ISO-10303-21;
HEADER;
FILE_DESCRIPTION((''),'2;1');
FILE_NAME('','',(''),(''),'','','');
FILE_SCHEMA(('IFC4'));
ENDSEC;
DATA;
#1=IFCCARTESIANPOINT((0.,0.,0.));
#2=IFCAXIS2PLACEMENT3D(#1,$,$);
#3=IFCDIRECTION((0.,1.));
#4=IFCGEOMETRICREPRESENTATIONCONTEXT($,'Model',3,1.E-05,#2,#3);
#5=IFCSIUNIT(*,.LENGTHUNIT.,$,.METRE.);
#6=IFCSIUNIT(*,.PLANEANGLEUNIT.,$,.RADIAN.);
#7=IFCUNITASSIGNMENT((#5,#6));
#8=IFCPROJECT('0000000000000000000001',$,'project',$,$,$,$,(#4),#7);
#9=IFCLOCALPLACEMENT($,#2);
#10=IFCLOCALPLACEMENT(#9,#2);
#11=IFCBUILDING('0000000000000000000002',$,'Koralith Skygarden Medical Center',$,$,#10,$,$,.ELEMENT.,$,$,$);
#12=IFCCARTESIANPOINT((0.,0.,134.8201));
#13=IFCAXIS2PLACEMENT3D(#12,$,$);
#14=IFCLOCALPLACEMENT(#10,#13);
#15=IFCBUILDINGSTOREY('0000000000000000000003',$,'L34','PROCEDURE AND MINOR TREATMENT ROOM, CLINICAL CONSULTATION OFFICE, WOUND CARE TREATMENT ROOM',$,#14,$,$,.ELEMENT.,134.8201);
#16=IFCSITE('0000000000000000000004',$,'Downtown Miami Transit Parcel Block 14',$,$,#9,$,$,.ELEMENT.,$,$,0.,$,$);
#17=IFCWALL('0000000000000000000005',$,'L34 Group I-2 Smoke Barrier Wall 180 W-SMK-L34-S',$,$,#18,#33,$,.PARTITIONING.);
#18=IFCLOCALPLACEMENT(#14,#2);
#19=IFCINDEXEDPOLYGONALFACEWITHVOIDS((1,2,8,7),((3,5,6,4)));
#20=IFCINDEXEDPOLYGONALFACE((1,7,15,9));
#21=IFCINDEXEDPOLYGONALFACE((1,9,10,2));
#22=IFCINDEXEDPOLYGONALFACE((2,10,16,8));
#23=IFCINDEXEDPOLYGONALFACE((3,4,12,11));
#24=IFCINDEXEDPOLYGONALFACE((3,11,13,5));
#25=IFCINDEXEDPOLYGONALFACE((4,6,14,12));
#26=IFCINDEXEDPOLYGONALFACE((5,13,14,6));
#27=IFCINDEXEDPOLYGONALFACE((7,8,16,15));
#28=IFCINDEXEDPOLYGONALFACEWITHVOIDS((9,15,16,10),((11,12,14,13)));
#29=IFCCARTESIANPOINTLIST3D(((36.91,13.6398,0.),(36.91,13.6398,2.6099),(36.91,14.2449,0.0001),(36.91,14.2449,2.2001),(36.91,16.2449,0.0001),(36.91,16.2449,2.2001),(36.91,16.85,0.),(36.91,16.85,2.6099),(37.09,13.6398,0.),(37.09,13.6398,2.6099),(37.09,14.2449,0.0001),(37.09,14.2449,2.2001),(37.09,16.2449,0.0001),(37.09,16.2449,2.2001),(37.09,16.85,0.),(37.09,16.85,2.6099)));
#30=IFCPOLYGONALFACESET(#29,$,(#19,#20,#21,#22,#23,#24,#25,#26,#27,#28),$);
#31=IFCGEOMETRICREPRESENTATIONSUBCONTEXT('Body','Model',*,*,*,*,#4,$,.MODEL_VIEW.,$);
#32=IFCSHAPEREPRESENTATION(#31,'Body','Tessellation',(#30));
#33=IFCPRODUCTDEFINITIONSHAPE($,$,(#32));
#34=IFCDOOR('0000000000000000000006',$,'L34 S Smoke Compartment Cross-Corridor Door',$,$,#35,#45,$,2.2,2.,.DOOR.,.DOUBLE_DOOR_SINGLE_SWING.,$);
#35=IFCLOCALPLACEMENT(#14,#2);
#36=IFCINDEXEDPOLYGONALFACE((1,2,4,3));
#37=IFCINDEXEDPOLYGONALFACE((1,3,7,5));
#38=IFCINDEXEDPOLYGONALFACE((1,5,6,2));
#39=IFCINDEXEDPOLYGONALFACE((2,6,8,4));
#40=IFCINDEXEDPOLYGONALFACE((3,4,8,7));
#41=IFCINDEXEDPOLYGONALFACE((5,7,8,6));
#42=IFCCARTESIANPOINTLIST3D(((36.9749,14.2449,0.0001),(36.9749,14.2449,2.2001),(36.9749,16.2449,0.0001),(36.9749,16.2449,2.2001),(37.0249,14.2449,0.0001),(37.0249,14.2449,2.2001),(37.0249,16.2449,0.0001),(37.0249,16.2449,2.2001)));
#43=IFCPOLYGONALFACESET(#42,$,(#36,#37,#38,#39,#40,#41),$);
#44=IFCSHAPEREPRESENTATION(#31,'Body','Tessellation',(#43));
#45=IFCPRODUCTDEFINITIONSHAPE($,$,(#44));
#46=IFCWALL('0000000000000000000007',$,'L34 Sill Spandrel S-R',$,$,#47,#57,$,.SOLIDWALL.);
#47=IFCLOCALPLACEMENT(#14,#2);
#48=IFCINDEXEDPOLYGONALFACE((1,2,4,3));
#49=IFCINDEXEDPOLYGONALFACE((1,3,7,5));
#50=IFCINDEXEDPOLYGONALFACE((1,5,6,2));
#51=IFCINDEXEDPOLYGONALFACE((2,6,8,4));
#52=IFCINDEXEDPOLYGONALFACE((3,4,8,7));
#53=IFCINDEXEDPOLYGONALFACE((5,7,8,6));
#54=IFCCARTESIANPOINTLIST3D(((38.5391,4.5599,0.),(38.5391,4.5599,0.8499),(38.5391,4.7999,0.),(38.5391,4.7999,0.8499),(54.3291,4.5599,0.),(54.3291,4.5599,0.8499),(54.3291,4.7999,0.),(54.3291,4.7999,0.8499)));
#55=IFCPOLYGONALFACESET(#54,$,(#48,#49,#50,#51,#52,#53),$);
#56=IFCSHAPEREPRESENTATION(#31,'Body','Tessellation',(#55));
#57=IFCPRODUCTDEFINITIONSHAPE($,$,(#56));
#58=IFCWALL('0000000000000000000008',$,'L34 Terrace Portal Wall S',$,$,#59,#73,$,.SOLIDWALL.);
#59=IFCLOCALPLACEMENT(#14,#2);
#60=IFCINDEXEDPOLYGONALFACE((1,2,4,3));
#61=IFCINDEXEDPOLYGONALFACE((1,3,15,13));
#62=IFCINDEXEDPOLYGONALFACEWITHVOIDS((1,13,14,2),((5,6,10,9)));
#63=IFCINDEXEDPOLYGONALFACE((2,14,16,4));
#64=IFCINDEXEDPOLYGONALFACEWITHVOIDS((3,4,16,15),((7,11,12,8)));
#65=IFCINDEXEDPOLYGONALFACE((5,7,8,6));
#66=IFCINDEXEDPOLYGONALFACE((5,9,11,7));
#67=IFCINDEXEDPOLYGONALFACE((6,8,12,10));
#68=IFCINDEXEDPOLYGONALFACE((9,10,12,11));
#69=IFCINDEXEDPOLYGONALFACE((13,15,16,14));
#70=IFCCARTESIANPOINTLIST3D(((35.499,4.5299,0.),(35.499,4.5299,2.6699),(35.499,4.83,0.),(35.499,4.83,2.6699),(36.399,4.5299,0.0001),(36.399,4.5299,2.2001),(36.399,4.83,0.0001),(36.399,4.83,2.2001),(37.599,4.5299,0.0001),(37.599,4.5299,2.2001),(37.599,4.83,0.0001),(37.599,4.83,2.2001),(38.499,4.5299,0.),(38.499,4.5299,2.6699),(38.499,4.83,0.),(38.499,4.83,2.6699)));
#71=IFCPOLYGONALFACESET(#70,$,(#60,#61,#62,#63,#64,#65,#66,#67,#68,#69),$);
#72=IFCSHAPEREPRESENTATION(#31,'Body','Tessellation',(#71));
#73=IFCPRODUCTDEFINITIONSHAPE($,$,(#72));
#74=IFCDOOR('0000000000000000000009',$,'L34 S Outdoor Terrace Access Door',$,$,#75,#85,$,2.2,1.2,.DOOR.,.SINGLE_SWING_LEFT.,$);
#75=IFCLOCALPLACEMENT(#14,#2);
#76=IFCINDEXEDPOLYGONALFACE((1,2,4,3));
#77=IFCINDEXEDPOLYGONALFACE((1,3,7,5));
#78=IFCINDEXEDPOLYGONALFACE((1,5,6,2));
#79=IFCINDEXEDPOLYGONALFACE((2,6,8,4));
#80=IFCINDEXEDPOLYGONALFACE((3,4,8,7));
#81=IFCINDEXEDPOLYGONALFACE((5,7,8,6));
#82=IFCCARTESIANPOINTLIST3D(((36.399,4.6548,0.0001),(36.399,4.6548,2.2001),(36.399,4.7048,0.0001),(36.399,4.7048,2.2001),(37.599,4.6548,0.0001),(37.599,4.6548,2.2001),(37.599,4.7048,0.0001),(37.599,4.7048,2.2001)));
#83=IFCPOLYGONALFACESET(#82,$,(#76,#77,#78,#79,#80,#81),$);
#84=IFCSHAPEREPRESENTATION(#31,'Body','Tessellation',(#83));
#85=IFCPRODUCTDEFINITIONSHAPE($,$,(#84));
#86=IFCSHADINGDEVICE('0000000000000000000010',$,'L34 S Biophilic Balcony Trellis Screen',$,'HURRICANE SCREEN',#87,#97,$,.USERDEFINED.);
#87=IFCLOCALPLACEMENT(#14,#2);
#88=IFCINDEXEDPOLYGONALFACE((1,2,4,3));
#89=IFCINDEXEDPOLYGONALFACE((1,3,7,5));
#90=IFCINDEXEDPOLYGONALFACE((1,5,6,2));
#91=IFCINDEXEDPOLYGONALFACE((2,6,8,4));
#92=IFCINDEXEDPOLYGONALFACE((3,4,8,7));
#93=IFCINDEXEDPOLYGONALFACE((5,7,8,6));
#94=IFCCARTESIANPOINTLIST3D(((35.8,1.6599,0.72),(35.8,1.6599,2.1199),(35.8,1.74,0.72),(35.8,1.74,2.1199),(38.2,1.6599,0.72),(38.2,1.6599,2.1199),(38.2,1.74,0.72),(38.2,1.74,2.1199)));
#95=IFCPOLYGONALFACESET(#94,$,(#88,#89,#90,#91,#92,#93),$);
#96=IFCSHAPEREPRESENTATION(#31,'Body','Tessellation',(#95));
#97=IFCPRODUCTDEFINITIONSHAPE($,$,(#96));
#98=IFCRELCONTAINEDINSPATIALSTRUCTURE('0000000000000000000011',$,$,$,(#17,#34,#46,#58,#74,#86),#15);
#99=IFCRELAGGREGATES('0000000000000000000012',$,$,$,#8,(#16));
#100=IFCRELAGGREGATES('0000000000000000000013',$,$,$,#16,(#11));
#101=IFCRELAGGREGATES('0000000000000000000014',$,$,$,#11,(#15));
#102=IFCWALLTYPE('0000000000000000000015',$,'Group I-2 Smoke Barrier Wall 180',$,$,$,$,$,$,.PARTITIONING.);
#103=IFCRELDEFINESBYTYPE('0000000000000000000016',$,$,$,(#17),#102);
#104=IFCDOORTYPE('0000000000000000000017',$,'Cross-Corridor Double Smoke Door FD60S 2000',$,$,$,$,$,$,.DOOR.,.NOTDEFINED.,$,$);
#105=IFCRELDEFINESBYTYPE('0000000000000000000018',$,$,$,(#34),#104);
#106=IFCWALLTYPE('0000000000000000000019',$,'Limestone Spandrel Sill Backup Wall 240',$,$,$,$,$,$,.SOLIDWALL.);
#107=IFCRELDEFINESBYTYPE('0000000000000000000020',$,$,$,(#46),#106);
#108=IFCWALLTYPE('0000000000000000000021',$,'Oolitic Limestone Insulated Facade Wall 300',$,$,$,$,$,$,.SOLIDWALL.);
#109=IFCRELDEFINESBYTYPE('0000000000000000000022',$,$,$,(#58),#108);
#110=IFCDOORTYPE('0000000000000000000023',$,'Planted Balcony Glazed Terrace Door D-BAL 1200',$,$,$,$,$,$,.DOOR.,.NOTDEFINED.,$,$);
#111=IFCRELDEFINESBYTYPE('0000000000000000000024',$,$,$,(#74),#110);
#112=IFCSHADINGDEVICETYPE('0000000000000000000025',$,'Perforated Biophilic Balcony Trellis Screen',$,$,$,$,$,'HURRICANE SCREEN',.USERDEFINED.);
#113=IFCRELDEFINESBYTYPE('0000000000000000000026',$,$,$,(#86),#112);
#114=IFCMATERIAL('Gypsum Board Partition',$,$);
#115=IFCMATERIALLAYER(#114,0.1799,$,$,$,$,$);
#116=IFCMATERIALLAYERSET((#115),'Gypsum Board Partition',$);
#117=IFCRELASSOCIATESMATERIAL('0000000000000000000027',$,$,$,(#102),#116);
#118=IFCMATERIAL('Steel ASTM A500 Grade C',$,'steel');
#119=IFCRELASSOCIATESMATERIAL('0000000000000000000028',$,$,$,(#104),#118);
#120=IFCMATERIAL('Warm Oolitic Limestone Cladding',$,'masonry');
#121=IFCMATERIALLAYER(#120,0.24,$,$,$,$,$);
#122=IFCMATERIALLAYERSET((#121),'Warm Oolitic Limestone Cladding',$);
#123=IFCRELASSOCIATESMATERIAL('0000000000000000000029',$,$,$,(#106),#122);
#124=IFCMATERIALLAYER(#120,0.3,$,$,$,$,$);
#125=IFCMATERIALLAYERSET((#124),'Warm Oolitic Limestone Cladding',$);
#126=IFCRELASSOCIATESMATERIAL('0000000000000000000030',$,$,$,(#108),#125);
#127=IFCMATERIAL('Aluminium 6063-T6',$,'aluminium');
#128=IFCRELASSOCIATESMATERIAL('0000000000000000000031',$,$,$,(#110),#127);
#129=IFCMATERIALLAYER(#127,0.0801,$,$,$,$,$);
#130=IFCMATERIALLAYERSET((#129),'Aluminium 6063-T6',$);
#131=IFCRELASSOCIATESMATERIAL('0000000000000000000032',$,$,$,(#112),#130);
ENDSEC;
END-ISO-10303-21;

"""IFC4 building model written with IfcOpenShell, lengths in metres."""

from ifc_helpers import new_model, si_unit, direction, frame, frame_2d, origin, origin_2d, place, context, subcontext, project, spatial, rectangle, extrude, material, layer, layer_set, type_object, element, fill, save


model = new_model("IFC4")

# Units and contexts
model_context = context("Model", 3, precision=1e-05, world=origin(), true_north=direction((0.0, 1.0)))
body_context = subcontext(model_context, "Body", "Model", "MODEL_VIEW")
ifc_project = project(units=[si_unit("LENGTHUNIT", "METRE"), si_unit("PLANEANGLEUNIT", "RADIAN")], contexts=[model_context])

# Site, building, storey
site_placement = place(None, origin())
site = spatial("IfcSite", under=ifc_project, at=site_placement, Name="Downtown Miami Transit Parcel Block 14", CompositionType="ELEMENT", RefElevation=0.0)
building_placement = place(site_placement, origin())
building = spatial("IfcBuilding", under=site, at=building_placement, Name="Koralith Skygarden Medical Center", CompositionType="ELEMENT")
storey_placement = place(building_placement, frame((0.0, 0.0, 134.8201)))
storey = spatial("IfcBuildingStorey", under=building, at=storey_placement, Name="L34", Description="PROCEDURE AND MINOR TREATMENT ROOM, CLINICAL CONSULTATION OFFICE, WOUND CARE TREATMENT ROOM", CompositionType="ELEMENT", Elevation=134.8201)

# Shared definitions
ifc_material_1 = material(Name="Aluminium 6063-T6", Category="aluminium")

# Shared definitions
ifc_material_2 = material(Name="Gypsum Board Partition")

# Wall, opening, door
ifc_layer_1 = layer(ifc_material_2, 0.1799)
ifc_layer_set_1 = layer_set([ifc_layer_1], Name="Gypsum Board Partition")
wall_type_1 = type_object("IfcWallType", Name="Group I-2 Smoke Barrier Wall 180", PredefinedType="PARTITIONING", material=ifc_layer_set_1)
wall_1_placement = place(storey_placement, frame((37.0, 13.6399, 0.0), z_axis=(0.0, 0.0, 1.0), x_axis=(0.0, 1.0, 0.0)))
wall_1 = element("IfcWall", 1, at=wall_1_placement, inside=storey, type_object=wall_type_1, Name="L34 Group I-2 Smoke Barrier Wall 180 W-SMK-L34-S", PredefinedType="PARTITIONING", context=body_context, shape_type="SweptSolid", body=[
    extrude(rectangle(XDim=3.2102, YDim=0.1799, at=frame_2d((1.605, 0.0))), origin(), (0.0, 0.0, 1.0), 2.6099),
])
opening_1_placement = place(wall_1_placement, frame((0.605, 0.0, 0.0)))
opening_1 = element("IfcOpeningElement", 2, at=opening_1_placement, cuts=wall_1, PredefinedType="OPENING", context=body_context, shape_type="SweptSolid", body=[
    extrude(rectangle(XDim=2.0, YDim=2.2, at=frame_2d((1.0, 1.1001))), frame((0.0, 0.0999, 0.0), z_axis=(0.0, -1.0, 0.0), x_axis=(1.0, 0.0, 0.0)), (0.0, 0.0, 1.0), 0.2),
])
ifc_material_3 = material(Name="Steel ASTM A500 Grade C", Category="steel")
door_type_1 = type_object("IfcDoorType", Name="Cross-Corridor Double Smoke Door FD60S 2000", OperationType="NOTDEFINED", PredefinedType="DOOR", material=ifc_material_3)
door_1_placement = place(opening_1_placement, frame((2.0, 0.0, 0.0), z_axis=(0.0, 0.0, 1.0), x_axis=(-1.0, 0.0, 0.0)))
door_1 = element("IfcDoor", 3, at=door_1_placement, inside=storey, type_object=door_type_1, Name="L34 S Smoke Compartment Cross-Corridor Door", OperationType="DOUBLE_DOOR_SINGLE_SWING", OverallHeight=2.2, OverallWidth=2.0, PredefinedType="DOOR", context=body_context, shape_type="SweptSolid", body=[
    extrude(rectangle(XDim=2.0, YDim=2.2, at=frame_2d((1.0, 1.1001))), frame((0.0, 0.0249, 0.0), z_axis=(0.0, -1.0, 0.0), x_axis=(1.0, 0.0, 0.0)), (0.0, 0.0, 1.0), 0.05),
])
fill(opening_1, door_1)

# Wall
ifc_material_4 = material(Name="Warm Oolitic Limestone Cladding", Category="masonry")
ifc_layer_2 = layer(ifc_material_4, 0.24)
ifc_layer_set_2 = layer_set([ifc_layer_2], Name="Warm Oolitic Limestone Cladding")
wall_type_2 = type_object("IfcWallType", Name="Limestone Spandrel Sill Backup Wall 240", PredefinedType="SOLIDWALL", material=ifc_layer_set_2)
wall_2_placement = place(storey_placement, frame((38.5391, 4.6799, 0.0), z_axis=(0.0, 0.0, 1.0), x_axis=(1.0, 0.0, 0.0)))
element("IfcWall", 4, at=wall_2_placement, inside=storey, type_object=wall_type_2, Name="L34 Sill Spandrel S-R", PredefinedType="SOLIDWALL", context=body_context, shape_type="SweptSolid", body=[
    extrude(rectangle(XDim=15.79, YDim=0.24, at=frame_2d((7.895, 0.0))), origin(), (0.0, 0.0, 1.0), 0.8499),
])

# Wall, opening, door
ifc_layer_3 = layer(ifc_material_4, 0.3)
ifc_layer_set_3 = layer_set([ifc_layer_3], Name="Warm Oolitic Limestone Cladding")
wall_type_3 = type_object("IfcWallType", Name="Oolitic Limestone Insulated Facade Wall 300", PredefinedType="SOLIDWALL", material=ifc_layer_set_3)
wall_3_placement = place(storey_placement, frame((35.499, 4.6799, 0.0), z_axis=(0.0, 0.0, 1.0), x_axis=(1.0, 0.0, 0.0)))
wall_3 = element("IfcWall", 5, at=wall_3_placement, inside=storey, type_object=wall_type_3, Name="L34 Terrace Portal Wall S", PredefinedType="SOLIDWALL", context=body_context, shape_type="SweptSolid", body=[
    extrude(rectangle(XDim=3.0, YDim=0.3, at=frame_2d((1.5, 0.0))), origin(), (0.0, 0.0, 1.0), 2.6699),
])
opening_2_placement = place(wall_3_placement, frame((0.8999, 0.0, 0.0)))
opening_2 = element("IfcOpeningElement", 6, at=opening_2_placement, cuts=wall_3, PredefinedType="OPENING", context=body_context, shape_type="SweptSolid", body=[
    extrude(rectangle(XDim=1.2, YDim=2.2, at=frame_2d((0.6001, 1.1001))), frame((0.0, 0.1599, 0.0), z_axis=(0.0, -1.0, 0.0), x_axis=(1.0, 0.0, 0.0)), (0.0, 0.0, 1.0), 0.3201),
])
door_type_2 = type_object("IfcDoorType", Name="Planted Balcony Glazed Terrace Door D-BAL 1200", OperationType="NOTDEFINED", PredefinedType="DOOR", material=ifc_material_1)
door_2_placement = place(opening_2_placement, origin())
door_2 = element("IfcDoor", 7, at=door_2_placement, inside=storey, type_object=door_type_2, Name="L34 S Outdoor Terrace Access Door", OperationType="SINGLE_SWING_LEFT", OverallHeight=2.2, OverallWidth=1.2, PredefinedType="DOOR", context=body_context, shape_type="SweptSolid", body=[
    extrude(rectangle(XDim=1.2, YDim=2.2, at=frame_2d((0.6001, 1.1001))), frame((0.0, 0.0249, 0.0), z_axis=(0.0, -1.0, 0.0), x_axis=(1.0, 0.0, 0.0)), (0.0, 0.0, 1.0), 0.05),
])
fill(opening_2, door_2)

# Shading device
ifc_layer_4 = layer(ifc_material_1, 0.0801)
ifc_layer_set_4 = layer_set([ifc_layer_4], Name="Aluminium 6063-T6")
shading_device_type = type_object("IfcShadingDeviceType", Name="Perforated Biophilic Balcony Trellis Screen", ElementType="HURRICANE SCREEN", PredefinedType="USERDEFINED", material=ifc_layer_set_4)
shading_device_placement = place(storey_placement, frame((37.0, 1.7, 0.72), z_axis=(0.0, 0.0, 1.0), x_axis=(1.0, 0.0, 0.0)))
element("IfcShadingDevice", 8, at=shading_device_placement, inside=storey, type_object=shading_device_type, Name="L34 S Biophilic Balcony Trellis Screen", ObjectType="HURRICANE SCREEN", PredefinedType="USERDEFINED", context=body_context, shape_type="SweptSolid", body=[
    extrude(rectangle(XDim=2.3999, YDim=0.0801, at=origin_2d()), origin(), (0.0, 0.0, 1.0), 1.3999),
])

save(model, "model.ifc")
